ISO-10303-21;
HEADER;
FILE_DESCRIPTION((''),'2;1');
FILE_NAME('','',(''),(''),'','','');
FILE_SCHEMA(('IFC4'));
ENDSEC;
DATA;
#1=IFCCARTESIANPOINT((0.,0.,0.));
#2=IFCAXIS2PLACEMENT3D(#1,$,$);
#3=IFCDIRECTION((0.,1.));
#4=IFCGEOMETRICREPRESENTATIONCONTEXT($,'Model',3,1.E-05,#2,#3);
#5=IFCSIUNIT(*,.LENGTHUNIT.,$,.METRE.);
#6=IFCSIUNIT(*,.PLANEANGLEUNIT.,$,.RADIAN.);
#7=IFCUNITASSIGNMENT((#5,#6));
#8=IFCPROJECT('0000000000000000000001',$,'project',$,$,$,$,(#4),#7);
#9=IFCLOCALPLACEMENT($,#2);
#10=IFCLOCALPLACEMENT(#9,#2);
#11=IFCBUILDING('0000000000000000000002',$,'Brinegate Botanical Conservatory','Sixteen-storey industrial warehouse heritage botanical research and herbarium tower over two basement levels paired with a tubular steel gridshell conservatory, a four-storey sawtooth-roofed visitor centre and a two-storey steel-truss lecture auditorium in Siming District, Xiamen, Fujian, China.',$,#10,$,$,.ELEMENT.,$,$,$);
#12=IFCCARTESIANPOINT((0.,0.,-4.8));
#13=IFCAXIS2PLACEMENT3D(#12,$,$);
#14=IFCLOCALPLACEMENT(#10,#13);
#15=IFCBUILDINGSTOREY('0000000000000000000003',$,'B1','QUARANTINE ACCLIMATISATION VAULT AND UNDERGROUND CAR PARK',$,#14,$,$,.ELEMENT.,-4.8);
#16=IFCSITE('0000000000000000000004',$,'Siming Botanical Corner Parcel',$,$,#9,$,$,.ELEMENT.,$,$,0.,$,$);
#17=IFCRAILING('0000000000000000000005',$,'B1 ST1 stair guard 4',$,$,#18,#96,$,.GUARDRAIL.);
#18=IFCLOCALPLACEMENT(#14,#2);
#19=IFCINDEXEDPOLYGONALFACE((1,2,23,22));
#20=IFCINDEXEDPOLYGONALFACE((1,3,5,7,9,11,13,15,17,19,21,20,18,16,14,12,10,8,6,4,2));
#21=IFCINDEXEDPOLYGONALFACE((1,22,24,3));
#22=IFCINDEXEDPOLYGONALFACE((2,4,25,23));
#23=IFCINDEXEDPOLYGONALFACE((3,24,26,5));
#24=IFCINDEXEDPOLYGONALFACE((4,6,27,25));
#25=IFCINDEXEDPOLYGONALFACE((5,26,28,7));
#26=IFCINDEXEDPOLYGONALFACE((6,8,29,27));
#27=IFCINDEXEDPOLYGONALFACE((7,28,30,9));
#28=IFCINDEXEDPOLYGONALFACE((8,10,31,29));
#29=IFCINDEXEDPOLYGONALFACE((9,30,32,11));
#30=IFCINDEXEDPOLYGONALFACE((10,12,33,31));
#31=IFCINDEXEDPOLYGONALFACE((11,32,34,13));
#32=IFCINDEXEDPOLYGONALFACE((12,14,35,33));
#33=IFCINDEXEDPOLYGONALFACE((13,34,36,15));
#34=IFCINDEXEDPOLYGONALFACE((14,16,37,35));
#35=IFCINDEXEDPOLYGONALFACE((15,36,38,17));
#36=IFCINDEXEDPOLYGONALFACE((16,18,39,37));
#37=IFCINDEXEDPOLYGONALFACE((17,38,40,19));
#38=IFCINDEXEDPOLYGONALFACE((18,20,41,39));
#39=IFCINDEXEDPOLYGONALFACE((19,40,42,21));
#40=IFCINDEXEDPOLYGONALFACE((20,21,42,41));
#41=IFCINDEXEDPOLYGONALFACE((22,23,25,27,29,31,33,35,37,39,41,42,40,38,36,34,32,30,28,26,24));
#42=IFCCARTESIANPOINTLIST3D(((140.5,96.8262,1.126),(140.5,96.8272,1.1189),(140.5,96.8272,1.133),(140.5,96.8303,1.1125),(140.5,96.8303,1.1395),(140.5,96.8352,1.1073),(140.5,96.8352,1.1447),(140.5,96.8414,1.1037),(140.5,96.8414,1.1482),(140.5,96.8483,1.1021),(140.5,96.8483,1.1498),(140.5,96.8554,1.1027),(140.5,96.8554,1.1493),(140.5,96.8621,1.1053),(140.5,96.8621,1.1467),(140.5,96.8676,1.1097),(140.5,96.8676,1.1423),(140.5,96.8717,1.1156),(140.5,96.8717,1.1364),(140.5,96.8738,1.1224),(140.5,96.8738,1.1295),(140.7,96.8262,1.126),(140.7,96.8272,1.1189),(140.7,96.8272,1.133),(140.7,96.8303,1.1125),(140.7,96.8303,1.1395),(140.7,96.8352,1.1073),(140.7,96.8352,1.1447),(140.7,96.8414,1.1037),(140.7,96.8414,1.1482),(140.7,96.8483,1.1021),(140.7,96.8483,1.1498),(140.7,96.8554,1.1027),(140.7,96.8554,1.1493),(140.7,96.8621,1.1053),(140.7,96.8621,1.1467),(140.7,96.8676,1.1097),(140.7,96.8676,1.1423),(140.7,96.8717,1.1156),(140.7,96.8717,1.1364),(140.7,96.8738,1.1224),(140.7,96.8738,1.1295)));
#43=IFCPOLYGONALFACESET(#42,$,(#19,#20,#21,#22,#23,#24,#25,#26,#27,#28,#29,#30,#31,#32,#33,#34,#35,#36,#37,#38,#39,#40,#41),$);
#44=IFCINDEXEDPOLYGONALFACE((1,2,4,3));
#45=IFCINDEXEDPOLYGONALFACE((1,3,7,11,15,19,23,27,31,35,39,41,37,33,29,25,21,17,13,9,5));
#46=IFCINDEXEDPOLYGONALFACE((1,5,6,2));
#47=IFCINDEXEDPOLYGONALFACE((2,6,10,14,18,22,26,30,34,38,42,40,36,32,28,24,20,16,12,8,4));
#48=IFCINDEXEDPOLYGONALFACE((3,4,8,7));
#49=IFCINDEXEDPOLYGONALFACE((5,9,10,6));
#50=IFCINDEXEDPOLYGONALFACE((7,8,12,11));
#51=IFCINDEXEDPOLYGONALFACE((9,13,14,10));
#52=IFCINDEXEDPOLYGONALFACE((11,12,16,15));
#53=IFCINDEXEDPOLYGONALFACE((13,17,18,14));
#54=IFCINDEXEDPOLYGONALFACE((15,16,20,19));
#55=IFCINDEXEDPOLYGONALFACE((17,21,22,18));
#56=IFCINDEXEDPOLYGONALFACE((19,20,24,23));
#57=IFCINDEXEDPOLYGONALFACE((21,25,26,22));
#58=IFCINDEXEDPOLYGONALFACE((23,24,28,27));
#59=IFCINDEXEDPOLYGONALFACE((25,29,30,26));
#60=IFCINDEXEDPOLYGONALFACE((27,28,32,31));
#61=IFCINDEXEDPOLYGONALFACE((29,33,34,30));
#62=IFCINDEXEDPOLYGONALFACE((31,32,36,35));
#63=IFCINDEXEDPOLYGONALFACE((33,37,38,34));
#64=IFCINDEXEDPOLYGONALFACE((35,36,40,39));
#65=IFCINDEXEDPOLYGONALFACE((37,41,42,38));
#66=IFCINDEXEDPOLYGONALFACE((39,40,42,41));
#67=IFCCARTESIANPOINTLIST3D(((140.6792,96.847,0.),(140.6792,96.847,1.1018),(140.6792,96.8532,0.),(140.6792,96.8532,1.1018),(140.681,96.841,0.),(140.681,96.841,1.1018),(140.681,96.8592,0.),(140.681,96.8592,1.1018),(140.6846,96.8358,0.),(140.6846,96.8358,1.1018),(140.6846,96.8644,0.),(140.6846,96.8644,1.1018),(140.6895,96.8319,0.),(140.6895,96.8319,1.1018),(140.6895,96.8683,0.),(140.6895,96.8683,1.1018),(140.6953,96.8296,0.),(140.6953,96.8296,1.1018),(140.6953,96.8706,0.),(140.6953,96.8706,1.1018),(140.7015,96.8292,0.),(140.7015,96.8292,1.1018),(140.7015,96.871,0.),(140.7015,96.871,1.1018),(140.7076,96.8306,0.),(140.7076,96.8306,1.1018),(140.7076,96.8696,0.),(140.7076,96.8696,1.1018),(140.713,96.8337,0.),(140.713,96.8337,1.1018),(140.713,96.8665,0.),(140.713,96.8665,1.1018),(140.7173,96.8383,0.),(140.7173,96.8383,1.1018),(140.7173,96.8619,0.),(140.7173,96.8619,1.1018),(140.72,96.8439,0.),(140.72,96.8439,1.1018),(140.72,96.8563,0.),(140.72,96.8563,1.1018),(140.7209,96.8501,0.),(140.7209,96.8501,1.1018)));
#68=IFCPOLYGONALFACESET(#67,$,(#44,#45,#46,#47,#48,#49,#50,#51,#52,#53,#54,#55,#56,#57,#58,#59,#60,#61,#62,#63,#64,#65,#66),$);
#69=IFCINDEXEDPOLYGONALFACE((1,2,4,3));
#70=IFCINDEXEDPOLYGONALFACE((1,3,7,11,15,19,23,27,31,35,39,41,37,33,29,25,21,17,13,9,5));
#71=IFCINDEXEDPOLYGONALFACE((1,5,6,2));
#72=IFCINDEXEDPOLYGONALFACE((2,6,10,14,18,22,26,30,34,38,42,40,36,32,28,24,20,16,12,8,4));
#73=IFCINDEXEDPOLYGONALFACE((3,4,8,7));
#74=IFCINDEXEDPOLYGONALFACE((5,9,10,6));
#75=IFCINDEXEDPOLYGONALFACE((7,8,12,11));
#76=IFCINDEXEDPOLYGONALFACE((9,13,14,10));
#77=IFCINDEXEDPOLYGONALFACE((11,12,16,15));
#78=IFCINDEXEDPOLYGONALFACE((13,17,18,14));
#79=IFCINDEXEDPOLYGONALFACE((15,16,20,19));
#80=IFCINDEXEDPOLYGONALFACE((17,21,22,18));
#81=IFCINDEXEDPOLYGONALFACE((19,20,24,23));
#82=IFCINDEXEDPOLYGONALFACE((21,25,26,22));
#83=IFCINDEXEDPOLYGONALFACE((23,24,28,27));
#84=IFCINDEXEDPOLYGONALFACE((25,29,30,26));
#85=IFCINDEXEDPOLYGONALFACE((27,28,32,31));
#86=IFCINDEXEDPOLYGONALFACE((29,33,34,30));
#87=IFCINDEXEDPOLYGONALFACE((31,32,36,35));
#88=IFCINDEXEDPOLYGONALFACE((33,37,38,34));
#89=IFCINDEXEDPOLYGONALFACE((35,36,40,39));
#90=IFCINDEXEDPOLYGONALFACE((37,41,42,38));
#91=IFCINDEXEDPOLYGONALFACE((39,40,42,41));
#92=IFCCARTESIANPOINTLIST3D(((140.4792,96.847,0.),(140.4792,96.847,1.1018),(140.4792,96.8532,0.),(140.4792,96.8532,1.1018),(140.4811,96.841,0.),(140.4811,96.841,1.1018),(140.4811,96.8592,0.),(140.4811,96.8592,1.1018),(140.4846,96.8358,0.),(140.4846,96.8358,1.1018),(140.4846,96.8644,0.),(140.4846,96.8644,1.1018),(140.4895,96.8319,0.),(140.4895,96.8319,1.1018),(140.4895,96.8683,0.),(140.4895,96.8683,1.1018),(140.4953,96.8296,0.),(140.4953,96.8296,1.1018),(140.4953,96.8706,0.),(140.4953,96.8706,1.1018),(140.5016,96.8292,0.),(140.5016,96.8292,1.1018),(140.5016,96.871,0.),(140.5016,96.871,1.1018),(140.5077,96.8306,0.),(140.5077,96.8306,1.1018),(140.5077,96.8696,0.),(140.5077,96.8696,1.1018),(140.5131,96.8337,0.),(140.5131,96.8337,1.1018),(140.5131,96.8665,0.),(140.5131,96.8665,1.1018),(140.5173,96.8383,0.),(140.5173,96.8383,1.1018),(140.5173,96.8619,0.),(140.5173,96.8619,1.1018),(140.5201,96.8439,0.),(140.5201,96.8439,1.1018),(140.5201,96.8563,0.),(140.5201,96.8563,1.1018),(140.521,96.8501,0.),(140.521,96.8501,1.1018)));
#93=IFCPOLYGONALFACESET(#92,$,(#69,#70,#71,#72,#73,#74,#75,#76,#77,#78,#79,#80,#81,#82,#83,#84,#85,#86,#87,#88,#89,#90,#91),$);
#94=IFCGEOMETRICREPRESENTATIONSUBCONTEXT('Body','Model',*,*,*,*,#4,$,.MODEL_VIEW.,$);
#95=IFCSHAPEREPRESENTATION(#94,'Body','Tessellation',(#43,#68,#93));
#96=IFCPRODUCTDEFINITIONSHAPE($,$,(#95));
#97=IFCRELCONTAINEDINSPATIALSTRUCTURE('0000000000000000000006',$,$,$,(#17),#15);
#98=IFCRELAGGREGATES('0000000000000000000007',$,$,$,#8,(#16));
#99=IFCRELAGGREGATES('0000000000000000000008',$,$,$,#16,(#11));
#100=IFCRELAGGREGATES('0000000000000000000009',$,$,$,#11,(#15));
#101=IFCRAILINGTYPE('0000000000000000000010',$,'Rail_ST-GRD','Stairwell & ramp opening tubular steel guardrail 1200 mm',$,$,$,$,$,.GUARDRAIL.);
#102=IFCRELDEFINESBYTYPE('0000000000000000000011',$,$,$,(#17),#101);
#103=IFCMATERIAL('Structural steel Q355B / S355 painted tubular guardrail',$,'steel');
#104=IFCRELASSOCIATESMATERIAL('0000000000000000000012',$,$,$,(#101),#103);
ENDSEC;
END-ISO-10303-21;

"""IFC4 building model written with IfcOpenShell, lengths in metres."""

from ifc_helpers import new_model, si_unit, direction, frame, origin, origin_2d, place, context, subcontext, project, spatial, circle, extrude, material, type_object, element, save


model = new_model("IFC4")

# Units and contexts
model_context = context("Model", 3, precision=1e-05, world=origin(), true_north=direction((0.0, 1.0)))
body_context = subcontext(model_context, "Body", "Model", "MODEL_VIEW")
ifc_project = project(units=[si_unit("LENGTHUNIT", "METRE"), si_unit("PLANEANGLEUNIT", "RADIAN")], contexts=[model_context])

# Site, building, storey
site_placement = place(None, origin())
site = spatial("IfcSite", under=ifc_project, at=site_placement, Name="Siming Botanical Corner Parcel", CompositionType="ELEMENT", RefElevation=0.0)
building_placement = place(site_placement, origin())
building = spatial("IfcBuilding", under=site, at=building_placement, Name="Brinegate Botanical Conservatory", Description="Sixteen-storey industrial warehouse heritage botanical research and herbarium tower over two basement levels paired with a tubular steel gridshell conservatory, a four-storey sawtooth-roofed visitor centre and a two-storey steel-truss lecture auditorium in Siming District, Xiamen, Fujian, China.", CompositionType="ELEMENT")
storey_placement = place(building_placement, frame((0.0, 0.0, -4.8)))
storey = spatial("IfcBuildingStorey", under=building, at=storey_placement, Name="B1", Description="QUARANTINE ACCLIMATISATION VAULT AND UNDERGROUND CAR PARK", CompositionType="ELEMENT", Elevation=-4.8)

# Railing
ifc_material_1 = material(Name="Structural steel Q355B / S355 painted tubular guardrail", Category="steel")
railing_type_1 = type_object("IfcRailingType", Name="Rail_ST-GRD", Description="Stairwell & ramp opening tubular steel guardrail 1200 mm", PredefinedType="GUARDRAIL", material=ifc_material_1)
railing_1_placement = place(storey_placement, frame((140.7, 96.8501, 0.0)))
element("IfcRailing", 1, at=railing_1_placement, inside=storey, type_object=railing_type_1, Name="B1 ST1 stair guard 4", PredefinedType="GUARDRAIL", context=body_context, shape_type="SweptSolid", body=[
    extrude(circle(Radius=0.0239, at=origin_2d()), frame((0.0, 0.0, 1.126), z_axis=(-1.0, 0.0, 0.0), x_axis=(0.0, -1.0, 0.0)), (0.0, 0.0, 1.0), 0.2),
    extrude(circle(Radius=0.021, at=origin_2d()), origin(), (0.0, 0.0, 1.0), 1.1018),
    extrude(circle(Radius=0.021, at=origin_2d()), frame((-0.2, 0.0, 0.0)), (0.0, 0.0, 1.0), 1.1018),
])

save(model, "model.ifc")
